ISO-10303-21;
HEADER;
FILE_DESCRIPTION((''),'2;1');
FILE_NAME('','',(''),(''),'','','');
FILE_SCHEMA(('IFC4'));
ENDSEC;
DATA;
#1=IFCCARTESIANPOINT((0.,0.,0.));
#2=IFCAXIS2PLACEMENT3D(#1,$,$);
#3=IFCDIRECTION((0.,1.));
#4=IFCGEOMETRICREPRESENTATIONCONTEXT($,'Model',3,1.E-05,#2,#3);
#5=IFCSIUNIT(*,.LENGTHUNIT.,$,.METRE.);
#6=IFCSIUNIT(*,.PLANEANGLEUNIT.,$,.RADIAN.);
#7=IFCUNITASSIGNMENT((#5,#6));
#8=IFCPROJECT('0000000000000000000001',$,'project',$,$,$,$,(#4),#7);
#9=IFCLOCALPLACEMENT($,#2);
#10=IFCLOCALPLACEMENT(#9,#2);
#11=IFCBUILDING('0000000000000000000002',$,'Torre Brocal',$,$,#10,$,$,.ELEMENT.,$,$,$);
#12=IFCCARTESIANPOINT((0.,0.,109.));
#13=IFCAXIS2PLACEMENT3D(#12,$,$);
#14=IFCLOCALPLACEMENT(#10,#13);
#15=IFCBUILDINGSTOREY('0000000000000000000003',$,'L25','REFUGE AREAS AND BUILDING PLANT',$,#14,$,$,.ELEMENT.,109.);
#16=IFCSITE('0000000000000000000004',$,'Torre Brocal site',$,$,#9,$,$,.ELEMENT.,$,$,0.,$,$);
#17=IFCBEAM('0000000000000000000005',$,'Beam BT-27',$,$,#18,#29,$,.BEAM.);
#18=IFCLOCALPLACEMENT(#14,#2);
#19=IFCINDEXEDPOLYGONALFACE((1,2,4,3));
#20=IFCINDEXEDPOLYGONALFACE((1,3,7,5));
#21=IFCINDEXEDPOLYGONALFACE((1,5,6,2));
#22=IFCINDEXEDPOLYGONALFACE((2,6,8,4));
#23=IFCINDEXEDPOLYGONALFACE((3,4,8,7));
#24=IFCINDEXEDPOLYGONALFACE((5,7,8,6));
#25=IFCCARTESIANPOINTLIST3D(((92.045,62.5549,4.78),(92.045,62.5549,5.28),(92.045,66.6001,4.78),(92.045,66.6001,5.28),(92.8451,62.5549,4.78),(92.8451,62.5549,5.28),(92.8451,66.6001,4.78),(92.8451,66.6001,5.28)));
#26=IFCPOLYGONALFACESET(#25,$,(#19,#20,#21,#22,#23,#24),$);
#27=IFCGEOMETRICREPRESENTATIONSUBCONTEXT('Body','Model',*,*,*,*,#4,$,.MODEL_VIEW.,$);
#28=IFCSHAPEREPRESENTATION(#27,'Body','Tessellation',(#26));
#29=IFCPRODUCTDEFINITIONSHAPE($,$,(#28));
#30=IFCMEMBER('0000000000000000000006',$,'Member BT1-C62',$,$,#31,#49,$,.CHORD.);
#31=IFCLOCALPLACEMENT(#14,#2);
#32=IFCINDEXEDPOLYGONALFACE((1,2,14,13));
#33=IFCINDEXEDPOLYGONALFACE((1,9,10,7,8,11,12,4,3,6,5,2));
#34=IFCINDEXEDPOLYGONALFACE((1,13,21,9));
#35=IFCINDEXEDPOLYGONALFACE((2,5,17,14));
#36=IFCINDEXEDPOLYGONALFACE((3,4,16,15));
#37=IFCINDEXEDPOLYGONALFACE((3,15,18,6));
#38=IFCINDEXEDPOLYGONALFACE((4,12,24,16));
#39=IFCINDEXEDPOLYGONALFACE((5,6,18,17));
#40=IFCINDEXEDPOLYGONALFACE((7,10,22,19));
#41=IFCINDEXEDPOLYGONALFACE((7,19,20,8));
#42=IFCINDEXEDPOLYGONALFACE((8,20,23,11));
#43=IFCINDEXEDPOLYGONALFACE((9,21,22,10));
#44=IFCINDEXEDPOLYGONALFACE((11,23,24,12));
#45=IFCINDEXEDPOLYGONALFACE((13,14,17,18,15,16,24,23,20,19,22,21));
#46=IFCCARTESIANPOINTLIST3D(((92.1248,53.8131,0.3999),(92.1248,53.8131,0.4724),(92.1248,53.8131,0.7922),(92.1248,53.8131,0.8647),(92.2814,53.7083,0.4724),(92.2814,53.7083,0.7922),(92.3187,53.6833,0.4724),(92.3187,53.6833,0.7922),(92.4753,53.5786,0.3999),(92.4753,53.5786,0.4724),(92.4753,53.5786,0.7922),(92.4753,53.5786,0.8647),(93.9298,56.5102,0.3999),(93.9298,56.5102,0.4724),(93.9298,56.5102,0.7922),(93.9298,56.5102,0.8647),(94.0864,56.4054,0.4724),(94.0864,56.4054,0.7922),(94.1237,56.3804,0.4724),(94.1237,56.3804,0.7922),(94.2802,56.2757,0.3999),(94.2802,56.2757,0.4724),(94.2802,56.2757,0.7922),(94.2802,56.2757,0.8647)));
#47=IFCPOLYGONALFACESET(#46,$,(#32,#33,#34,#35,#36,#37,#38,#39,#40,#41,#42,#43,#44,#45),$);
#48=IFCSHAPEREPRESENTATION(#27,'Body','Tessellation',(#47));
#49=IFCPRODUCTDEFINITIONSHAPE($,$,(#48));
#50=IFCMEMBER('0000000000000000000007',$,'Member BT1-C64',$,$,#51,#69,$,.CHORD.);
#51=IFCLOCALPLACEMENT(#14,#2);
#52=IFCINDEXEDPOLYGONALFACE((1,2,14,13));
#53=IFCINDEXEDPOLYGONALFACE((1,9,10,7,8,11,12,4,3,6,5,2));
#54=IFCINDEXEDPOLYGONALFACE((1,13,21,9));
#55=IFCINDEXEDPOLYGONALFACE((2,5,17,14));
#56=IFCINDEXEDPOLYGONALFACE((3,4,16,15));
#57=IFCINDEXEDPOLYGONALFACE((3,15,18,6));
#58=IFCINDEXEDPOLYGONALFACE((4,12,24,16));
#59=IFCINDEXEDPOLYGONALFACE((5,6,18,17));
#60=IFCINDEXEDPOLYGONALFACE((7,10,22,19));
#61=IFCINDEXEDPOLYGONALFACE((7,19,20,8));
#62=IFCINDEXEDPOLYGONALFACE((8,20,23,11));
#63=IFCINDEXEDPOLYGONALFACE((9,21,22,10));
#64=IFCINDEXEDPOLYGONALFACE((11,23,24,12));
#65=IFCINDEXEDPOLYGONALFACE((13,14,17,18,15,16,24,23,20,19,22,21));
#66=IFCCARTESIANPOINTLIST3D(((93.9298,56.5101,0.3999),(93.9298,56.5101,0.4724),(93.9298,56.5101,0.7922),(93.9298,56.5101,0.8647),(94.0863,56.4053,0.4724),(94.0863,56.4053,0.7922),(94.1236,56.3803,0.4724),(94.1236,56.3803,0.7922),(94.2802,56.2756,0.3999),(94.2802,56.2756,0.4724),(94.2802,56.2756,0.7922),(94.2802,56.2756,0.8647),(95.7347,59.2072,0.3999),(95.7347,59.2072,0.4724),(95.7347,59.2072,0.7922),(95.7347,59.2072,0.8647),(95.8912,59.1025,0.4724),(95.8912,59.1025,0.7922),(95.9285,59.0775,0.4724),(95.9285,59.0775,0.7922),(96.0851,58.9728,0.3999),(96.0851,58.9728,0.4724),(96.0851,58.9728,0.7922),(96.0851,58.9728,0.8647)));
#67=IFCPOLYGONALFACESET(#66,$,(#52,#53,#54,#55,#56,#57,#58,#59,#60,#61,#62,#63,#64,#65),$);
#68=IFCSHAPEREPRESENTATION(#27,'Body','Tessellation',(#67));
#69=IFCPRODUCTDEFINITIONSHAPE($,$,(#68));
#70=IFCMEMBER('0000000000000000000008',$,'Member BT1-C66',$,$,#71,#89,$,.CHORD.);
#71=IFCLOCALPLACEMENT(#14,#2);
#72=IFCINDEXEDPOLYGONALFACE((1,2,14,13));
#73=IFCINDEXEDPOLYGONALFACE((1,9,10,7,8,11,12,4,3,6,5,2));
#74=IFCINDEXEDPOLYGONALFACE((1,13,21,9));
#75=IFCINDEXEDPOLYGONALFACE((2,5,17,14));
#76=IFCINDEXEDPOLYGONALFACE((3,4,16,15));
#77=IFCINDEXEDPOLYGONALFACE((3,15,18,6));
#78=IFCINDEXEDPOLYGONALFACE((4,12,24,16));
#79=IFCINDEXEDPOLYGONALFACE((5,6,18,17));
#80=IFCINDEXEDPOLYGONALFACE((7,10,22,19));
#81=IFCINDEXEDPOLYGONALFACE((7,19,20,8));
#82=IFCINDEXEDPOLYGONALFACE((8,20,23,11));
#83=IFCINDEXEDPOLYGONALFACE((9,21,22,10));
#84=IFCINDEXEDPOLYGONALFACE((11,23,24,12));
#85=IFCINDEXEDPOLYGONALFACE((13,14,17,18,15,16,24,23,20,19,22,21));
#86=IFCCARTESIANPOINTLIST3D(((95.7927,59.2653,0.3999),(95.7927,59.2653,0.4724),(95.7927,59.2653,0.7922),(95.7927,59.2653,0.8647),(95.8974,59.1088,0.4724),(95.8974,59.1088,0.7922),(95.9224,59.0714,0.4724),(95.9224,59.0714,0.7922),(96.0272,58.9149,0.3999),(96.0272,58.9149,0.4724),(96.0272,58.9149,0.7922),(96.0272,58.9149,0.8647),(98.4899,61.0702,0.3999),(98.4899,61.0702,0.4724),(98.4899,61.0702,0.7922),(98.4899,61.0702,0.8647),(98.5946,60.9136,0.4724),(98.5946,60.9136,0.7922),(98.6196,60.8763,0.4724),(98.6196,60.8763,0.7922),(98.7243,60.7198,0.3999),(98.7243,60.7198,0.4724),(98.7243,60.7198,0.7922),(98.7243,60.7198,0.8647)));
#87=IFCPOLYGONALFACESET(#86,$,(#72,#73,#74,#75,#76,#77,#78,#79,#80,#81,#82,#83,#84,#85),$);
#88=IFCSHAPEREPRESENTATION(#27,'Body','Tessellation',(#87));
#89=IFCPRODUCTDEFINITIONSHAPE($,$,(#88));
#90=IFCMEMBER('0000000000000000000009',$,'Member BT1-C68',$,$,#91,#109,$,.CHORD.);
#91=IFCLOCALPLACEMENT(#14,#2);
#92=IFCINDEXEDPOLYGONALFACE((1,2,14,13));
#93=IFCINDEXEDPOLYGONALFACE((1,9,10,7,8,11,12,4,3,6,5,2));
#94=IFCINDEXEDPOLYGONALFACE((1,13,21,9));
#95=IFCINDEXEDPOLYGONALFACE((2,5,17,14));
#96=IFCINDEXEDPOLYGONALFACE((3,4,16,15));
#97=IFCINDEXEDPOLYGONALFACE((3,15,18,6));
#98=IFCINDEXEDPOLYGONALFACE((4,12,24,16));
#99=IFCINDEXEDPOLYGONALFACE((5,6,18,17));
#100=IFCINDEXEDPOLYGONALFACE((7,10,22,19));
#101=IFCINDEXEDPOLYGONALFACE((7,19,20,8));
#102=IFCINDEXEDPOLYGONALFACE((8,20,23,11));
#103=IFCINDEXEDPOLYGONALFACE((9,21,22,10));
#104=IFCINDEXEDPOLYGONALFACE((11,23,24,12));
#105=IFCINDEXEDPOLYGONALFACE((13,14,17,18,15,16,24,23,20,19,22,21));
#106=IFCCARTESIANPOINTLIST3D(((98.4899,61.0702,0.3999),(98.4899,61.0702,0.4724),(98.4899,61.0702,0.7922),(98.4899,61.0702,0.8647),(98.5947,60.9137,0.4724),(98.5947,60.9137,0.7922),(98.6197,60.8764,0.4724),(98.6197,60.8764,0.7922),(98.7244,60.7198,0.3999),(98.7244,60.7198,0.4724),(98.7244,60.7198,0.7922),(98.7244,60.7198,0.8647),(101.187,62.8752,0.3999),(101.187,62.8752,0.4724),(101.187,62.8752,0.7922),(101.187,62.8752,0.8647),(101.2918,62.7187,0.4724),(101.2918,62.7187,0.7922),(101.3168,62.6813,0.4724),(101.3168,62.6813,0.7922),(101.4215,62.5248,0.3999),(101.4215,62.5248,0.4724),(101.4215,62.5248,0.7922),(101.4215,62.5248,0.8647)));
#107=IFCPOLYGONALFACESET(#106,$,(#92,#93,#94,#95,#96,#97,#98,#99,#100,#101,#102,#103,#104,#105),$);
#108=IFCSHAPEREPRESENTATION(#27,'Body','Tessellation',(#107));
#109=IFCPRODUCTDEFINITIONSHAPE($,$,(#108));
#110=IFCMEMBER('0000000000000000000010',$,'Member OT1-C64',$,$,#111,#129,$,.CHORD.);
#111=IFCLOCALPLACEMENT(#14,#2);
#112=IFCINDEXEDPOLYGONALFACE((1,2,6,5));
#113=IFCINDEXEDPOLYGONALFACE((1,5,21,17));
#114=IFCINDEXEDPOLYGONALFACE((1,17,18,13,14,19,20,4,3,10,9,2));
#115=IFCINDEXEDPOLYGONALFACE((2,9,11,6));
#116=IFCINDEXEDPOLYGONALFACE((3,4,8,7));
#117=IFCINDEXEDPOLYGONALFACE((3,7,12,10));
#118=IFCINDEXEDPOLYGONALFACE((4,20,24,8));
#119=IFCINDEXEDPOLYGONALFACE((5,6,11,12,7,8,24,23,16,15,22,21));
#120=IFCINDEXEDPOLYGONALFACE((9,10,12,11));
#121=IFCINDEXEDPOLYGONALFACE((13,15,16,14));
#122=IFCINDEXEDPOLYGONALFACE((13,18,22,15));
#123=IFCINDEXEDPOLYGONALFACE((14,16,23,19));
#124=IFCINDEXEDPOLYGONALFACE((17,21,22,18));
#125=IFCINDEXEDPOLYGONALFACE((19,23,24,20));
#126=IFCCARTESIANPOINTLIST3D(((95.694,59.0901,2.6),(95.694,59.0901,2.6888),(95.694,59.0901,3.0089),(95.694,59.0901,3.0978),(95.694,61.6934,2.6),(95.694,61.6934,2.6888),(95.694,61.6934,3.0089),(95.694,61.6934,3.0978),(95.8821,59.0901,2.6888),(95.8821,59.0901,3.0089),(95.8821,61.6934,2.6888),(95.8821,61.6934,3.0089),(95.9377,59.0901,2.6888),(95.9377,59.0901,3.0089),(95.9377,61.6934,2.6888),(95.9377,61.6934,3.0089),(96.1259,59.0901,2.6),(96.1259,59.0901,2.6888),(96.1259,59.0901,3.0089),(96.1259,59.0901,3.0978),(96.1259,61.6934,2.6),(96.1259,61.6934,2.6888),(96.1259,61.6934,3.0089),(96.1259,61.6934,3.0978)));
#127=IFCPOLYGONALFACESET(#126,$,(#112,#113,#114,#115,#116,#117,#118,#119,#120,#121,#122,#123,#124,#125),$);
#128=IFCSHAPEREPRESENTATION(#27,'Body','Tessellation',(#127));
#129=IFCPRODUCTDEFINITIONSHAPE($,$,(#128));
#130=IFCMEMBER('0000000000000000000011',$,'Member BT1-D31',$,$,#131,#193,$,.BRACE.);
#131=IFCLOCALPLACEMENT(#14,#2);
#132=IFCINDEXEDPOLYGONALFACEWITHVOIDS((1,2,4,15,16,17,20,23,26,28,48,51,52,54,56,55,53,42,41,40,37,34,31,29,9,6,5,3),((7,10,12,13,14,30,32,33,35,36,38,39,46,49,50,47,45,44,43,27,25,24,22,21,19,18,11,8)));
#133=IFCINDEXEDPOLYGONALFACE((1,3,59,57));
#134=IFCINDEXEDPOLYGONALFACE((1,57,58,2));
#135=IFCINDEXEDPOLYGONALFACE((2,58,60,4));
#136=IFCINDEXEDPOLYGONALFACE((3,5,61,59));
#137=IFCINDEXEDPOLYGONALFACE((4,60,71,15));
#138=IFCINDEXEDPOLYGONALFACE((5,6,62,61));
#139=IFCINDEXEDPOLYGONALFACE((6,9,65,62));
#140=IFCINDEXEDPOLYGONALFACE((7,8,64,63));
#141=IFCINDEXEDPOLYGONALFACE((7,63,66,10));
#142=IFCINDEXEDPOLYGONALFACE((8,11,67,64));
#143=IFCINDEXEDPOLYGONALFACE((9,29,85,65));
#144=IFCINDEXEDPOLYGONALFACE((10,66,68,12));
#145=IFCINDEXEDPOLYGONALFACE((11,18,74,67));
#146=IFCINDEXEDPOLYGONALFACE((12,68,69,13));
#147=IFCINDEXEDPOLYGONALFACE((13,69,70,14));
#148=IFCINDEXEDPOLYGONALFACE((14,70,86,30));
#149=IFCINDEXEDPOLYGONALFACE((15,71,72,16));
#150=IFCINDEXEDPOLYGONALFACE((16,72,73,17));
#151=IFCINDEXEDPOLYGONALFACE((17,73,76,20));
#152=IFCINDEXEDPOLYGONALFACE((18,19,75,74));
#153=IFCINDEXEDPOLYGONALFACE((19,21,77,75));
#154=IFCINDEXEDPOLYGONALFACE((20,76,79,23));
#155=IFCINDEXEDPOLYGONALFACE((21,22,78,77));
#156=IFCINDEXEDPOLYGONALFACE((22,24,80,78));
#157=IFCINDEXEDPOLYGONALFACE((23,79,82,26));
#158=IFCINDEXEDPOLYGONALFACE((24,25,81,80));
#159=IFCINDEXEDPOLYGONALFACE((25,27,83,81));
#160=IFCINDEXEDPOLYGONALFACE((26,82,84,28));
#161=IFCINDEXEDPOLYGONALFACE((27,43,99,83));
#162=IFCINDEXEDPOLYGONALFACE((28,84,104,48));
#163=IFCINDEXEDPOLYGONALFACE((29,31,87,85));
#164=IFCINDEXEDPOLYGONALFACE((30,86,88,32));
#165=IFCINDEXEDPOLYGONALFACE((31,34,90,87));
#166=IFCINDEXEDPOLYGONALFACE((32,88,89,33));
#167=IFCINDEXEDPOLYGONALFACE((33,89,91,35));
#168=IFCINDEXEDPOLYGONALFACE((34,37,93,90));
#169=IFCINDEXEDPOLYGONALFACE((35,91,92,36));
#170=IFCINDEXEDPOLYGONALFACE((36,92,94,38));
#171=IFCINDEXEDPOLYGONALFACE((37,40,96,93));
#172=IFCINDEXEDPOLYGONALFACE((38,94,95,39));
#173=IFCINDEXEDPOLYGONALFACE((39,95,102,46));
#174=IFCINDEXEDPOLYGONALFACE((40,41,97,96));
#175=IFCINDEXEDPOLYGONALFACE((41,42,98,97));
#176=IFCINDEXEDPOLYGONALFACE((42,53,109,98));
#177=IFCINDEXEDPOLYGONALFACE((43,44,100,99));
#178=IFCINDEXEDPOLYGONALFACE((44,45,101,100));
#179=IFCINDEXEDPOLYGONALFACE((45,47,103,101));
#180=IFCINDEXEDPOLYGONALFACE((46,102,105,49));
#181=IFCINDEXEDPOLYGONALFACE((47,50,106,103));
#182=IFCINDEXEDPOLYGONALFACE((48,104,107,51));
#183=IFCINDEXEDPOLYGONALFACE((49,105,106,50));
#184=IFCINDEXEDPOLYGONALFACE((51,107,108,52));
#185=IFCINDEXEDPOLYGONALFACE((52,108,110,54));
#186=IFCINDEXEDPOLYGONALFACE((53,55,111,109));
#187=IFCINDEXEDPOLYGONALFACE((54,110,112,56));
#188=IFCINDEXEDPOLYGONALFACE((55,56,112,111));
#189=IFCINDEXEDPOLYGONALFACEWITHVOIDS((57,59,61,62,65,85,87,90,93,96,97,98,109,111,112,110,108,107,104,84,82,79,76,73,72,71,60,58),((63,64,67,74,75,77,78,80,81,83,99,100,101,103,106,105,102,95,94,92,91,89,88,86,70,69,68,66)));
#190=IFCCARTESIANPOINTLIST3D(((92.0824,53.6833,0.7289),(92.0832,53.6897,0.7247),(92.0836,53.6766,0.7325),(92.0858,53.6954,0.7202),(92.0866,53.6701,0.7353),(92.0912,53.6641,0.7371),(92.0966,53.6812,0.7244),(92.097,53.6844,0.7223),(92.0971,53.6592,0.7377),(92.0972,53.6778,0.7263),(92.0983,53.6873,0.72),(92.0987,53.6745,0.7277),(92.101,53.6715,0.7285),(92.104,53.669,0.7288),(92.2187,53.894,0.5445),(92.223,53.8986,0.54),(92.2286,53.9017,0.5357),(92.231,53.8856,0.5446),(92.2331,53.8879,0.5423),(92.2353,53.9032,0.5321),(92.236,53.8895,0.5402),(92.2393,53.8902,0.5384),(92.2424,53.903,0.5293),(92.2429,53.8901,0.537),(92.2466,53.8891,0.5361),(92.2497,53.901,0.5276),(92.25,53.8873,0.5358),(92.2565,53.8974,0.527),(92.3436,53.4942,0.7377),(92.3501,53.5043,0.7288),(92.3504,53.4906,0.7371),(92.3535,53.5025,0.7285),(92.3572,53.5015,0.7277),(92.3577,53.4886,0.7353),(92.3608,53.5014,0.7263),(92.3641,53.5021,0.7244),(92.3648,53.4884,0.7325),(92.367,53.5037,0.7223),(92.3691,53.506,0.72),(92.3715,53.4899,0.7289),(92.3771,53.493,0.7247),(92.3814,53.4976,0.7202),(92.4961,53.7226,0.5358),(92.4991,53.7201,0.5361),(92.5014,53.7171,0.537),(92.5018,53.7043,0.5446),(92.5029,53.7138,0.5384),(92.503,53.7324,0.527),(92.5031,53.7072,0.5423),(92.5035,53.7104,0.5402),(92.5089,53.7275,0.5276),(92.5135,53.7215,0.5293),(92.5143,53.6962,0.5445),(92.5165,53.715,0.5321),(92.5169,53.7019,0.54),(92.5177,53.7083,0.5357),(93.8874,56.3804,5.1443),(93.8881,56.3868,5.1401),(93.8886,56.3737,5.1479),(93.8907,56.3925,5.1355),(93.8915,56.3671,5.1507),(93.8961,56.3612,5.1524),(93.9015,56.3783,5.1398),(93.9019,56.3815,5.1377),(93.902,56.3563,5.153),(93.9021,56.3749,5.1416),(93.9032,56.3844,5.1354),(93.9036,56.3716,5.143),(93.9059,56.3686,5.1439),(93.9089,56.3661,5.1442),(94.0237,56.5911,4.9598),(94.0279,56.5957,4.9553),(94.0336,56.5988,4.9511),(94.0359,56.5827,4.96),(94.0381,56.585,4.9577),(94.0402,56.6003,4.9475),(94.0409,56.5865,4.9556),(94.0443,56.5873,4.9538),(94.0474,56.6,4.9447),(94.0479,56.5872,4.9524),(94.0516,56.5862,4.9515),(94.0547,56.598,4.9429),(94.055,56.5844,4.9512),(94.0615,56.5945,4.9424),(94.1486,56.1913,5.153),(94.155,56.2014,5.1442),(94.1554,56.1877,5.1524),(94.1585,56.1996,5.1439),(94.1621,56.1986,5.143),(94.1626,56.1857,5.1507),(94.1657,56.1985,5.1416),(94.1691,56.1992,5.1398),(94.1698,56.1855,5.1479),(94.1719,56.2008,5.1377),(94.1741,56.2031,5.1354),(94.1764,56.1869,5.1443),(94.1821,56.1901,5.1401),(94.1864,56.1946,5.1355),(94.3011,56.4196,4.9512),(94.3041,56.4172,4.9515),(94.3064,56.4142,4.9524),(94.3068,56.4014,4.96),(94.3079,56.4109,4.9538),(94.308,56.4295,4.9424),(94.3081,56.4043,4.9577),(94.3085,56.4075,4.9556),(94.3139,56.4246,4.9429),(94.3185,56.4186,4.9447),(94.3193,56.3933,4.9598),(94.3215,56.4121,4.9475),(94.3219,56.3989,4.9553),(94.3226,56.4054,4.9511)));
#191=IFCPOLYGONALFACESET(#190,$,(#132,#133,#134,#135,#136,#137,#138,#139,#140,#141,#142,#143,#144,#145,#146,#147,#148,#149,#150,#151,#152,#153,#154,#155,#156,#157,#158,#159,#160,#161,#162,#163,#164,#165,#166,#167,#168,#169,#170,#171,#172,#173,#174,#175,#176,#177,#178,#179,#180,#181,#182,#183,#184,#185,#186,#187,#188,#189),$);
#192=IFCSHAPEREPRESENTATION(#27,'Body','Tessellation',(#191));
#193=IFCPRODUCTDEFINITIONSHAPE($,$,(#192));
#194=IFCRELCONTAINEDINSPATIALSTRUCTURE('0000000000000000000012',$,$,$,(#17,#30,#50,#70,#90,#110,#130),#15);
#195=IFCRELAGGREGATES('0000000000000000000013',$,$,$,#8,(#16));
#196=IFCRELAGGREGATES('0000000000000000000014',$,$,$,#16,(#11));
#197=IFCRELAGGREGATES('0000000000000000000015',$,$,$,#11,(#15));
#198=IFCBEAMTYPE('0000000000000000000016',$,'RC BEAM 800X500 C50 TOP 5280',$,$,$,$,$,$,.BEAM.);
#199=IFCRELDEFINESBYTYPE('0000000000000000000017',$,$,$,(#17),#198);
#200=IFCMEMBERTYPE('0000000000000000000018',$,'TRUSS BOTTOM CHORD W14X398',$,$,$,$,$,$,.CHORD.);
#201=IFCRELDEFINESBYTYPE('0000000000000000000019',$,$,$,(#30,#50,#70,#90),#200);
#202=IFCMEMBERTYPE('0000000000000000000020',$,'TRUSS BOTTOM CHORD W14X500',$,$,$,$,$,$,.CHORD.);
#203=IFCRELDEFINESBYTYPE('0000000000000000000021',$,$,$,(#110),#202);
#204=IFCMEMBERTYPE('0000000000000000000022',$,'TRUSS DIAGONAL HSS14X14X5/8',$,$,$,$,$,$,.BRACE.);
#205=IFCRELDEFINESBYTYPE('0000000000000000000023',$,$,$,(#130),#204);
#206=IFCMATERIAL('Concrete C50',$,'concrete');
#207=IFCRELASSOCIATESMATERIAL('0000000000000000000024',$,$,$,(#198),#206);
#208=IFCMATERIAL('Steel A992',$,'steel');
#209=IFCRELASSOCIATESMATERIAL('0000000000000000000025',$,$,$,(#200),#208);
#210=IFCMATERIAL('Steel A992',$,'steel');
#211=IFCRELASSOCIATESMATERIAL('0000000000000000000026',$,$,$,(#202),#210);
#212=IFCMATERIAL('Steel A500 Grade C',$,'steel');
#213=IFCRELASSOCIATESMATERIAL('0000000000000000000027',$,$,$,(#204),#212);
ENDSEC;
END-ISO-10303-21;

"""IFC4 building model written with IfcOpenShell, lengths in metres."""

from ifc_helpers import new_model, si_unit, direction, frame, origin, origin_2d, place, context, subcontext, project, spatial, rectangle, hollow_rectangle, i_section, extrude, material, material_profile, profile_set, type_object, element, save


model = new_model("IFC4")

# Units and contexts
model_context = context("Model", 3, precision=1e-05, world=origin(), true_north=direction((0.0, 1.0)))
body_context = subcontext(model_context, "Body", "Model", "MODEL_VIEW")
ifc_project = project(units=[si_unit("LENGTHUNIT", "METRE"), si_unit("PLANEANGLEUNIT", "RADIAN")], contexts=[model_context])

# Site, building, storey
site_placement = place(None, origin())
site = spatial("IfcSite", under=ifc_project, at=site_placement, Name="Torre Brocal site", CompositionType="ELEMENT", RefElevation=0.0)
building_placement = place(site_placement, origin())
building = spatial("IfcBuilding", under=site, at=building_placement, Name="Torre Brocal", CompositionType="ELEMENT")
storey_placement = place(building_placement, frame((0.0, 0.0, 109.0)))
storey = spatial("IfcBuildingStorey", under=building, at=storey_placement, Name="L25", Description="REFUGE AREAS AND BUILDING PLANT", CompositionType="ELEMENT", Elevation=109.0)

# Beam
ifc_material_1 = material(Name="Concrete C50", Category="concrete")
ifc_material_profile_1 = material_profile(ifc_material_1, rectangle(XDim=0.8, YDim=0.5, at=origin_2d()), Name="RC 800X500")
ifc_profile_set_1 = profile_set([ifc_material_profile_1], Name="Concrete C50")
beam_type = type_object("IfcBeamType", Name="RC BEAM 800X500 C50 TOP 5280", PredefinedType="BEAM", material=ifc_profile_set_1)
beam_placement = place(storey_placement, frame((92.4451, 62.5549, 5.03), z_axis=(0.0, 1.0, 0.0), x_axis=(-1.0, 0.0, 0.0)))
element("IfcBeam", 1, at=beam_placement, inside=storey, type_object=beam_type, Name="Beam BT-27", PredefinedType="BEAM", context=body_context, shape_type="SweptSolid", body=[
    extrude(rectangle(XDim=0.8, YDim=0.5, at=origin_2d()), origin(), (0.0, 0.0, 1.0), 4.0452),
])

# Members
ifc_material_2 = material(Name="Steel A992", Category="steel")
ifc_material_profile_2 = material_profile(ifc_material_2, i_section(OverallWidth=0.4216, OverallDepth=0.4648, WebThickness=0.0449, FlangeThickness=0.0725, at=origin_2d()), Name="W14X398")
ifc_profile_set_2 = profile_set([ifc_material_profile_2], Name="Steel A992")
member_type_1 = type_object("IfcMemberType", Name="TRUSS BOTTOM CHORD W14X398", PredefinedType="CHORD", material=ifc_profile_set_2)
for number, where, z_axis, x_axis, name in (
    (2, (92.3, 53.6958, 0.6323), (0.556175, 0.831065, 0.0), (-0.831065, 0.556175, 0.0), "Member BT1-C62"),
    (3, (94.105, 56.3928, 0.6323), (0.55614, 0.831088, 0.0), (-0.831088, 0.55614, 0.0), "Member BT1-C64"),
    (4, (95.9099, 59.0901, 0.6323), (0.831088, 0.55614, 0.0), (-0.55614, 0.831088, 0.0), "Member BT1-C66"),
    (5, (98.6072, 60.895, 0.6323), (0.831065, 0.556175, 0.0), (-0.556175, 0.831065, 0.0), "Member BT1-C68"),
):
    element("IfcMember", number, at=place(storey_placement, frame(where, z_axis=z_axis, x_axis=x_axis)), inside=storey, type_object=member_type_1, Name=name, PredefinedType="CHORD", context=body_context, shape_type="SweptSolid", body=[
        extrude(i_section(OverallWidth=0.4216, OverallDepth=0.4648, WebThickness=0.0449, FlangeThickness=0.0725, at=origin_2d()), origin(), (0.0, 0.0, 1.0), 3.2454),
    ])
ifc_material_3 = material(Name="Steel A992", Category="steel")
ifc_material_profile_3 = material_profile(ifc_material_3, i_section(OverallWidth=0.4319, OverallDepth=0.4978, WebThickness=0.0557, FlangeThickness=0.0889, at=origin_2d()), Name="W14X500")
ifc_profile_set_3 = profile_set([ifc_material_profile_3], Name="Steel A992")
member_type_2 = type_object("IfcMemberType", Name="TRUSS BOTTOM CHORD W14X500", PredefinedType="CHORD", material=ifc_profile_set_3)
member_1_placement = place(storey_placement, frame((95.9099, 61.6934, 2.8489), z_axis=(0.0, -1.0, 0.0), x_axis=(1.0, 0.0, 0.0)))
element("IfcMember", 6, at=member_1_placement, inside=storey, type_object=member_type_2, Name="Member OT1-C64", PredefinedType="CHORD", context=body_context, shape_type="SweptSolid", body=[
    extrude(i_section(OverallWidth=0.4319, OverallDepth=0.4978, WebThickness=0.0557, FlangeThickness=0.0889, at=origin_2d()), origin(), (0.0, 0.0, 1.0), 2.6033),
])
ifc_material_4 = material(Name="Steel A500 Grade C", Category="steel")
ifc_material_profile_4 = material_profile(ifc_material_4, hollow_rectangle(XDim=0.3557, YDim=0.3557, WallThickness=0.0149, InnerFilletRadius=0.0149, OuterFilletRadius=0.0295, at=origin_2d()), Name="HSS14X14X5/8")
ifc_profile_set_4 = profile_set([ifc_material_profile_4], Name="Steel A500 Grade C")
member_type_3 = type_object("IfcMemberType", Name="TRUSS DIAGONAL HSS14X14X5/8", PredefinedType="BRACE", material=ifc_profile_set_4)
for number, where, z_axis, x_axis, name in (
    (7, (92.3, 53.6958, 0.6323), (0.329389, 0.49219, 0.805762), (-0.831065, 0.556175, 0.0), "Member BT1-D31"),
):
    element("IfcMember", number, at=place(storey_placement, frame(where, z_axis=z_axis, x_axis=x_axis)), inside=storey, type_object=member_type_3, Name=name, PredefinedType="BRACE", context=body_context, shape_type="SweptSolid", body=[
        extrude(hollow_rectangle(XDim=0.3557, YDim=0.3557, WallThickness=0.0149, InnerFilletRadius=0.0149, OuterFilletRadius=0.0295, at=origin_2d()), origin(), (0.0, 0.0, 1.0), 5.4797),
    ])

save(model, "model.ifc")
